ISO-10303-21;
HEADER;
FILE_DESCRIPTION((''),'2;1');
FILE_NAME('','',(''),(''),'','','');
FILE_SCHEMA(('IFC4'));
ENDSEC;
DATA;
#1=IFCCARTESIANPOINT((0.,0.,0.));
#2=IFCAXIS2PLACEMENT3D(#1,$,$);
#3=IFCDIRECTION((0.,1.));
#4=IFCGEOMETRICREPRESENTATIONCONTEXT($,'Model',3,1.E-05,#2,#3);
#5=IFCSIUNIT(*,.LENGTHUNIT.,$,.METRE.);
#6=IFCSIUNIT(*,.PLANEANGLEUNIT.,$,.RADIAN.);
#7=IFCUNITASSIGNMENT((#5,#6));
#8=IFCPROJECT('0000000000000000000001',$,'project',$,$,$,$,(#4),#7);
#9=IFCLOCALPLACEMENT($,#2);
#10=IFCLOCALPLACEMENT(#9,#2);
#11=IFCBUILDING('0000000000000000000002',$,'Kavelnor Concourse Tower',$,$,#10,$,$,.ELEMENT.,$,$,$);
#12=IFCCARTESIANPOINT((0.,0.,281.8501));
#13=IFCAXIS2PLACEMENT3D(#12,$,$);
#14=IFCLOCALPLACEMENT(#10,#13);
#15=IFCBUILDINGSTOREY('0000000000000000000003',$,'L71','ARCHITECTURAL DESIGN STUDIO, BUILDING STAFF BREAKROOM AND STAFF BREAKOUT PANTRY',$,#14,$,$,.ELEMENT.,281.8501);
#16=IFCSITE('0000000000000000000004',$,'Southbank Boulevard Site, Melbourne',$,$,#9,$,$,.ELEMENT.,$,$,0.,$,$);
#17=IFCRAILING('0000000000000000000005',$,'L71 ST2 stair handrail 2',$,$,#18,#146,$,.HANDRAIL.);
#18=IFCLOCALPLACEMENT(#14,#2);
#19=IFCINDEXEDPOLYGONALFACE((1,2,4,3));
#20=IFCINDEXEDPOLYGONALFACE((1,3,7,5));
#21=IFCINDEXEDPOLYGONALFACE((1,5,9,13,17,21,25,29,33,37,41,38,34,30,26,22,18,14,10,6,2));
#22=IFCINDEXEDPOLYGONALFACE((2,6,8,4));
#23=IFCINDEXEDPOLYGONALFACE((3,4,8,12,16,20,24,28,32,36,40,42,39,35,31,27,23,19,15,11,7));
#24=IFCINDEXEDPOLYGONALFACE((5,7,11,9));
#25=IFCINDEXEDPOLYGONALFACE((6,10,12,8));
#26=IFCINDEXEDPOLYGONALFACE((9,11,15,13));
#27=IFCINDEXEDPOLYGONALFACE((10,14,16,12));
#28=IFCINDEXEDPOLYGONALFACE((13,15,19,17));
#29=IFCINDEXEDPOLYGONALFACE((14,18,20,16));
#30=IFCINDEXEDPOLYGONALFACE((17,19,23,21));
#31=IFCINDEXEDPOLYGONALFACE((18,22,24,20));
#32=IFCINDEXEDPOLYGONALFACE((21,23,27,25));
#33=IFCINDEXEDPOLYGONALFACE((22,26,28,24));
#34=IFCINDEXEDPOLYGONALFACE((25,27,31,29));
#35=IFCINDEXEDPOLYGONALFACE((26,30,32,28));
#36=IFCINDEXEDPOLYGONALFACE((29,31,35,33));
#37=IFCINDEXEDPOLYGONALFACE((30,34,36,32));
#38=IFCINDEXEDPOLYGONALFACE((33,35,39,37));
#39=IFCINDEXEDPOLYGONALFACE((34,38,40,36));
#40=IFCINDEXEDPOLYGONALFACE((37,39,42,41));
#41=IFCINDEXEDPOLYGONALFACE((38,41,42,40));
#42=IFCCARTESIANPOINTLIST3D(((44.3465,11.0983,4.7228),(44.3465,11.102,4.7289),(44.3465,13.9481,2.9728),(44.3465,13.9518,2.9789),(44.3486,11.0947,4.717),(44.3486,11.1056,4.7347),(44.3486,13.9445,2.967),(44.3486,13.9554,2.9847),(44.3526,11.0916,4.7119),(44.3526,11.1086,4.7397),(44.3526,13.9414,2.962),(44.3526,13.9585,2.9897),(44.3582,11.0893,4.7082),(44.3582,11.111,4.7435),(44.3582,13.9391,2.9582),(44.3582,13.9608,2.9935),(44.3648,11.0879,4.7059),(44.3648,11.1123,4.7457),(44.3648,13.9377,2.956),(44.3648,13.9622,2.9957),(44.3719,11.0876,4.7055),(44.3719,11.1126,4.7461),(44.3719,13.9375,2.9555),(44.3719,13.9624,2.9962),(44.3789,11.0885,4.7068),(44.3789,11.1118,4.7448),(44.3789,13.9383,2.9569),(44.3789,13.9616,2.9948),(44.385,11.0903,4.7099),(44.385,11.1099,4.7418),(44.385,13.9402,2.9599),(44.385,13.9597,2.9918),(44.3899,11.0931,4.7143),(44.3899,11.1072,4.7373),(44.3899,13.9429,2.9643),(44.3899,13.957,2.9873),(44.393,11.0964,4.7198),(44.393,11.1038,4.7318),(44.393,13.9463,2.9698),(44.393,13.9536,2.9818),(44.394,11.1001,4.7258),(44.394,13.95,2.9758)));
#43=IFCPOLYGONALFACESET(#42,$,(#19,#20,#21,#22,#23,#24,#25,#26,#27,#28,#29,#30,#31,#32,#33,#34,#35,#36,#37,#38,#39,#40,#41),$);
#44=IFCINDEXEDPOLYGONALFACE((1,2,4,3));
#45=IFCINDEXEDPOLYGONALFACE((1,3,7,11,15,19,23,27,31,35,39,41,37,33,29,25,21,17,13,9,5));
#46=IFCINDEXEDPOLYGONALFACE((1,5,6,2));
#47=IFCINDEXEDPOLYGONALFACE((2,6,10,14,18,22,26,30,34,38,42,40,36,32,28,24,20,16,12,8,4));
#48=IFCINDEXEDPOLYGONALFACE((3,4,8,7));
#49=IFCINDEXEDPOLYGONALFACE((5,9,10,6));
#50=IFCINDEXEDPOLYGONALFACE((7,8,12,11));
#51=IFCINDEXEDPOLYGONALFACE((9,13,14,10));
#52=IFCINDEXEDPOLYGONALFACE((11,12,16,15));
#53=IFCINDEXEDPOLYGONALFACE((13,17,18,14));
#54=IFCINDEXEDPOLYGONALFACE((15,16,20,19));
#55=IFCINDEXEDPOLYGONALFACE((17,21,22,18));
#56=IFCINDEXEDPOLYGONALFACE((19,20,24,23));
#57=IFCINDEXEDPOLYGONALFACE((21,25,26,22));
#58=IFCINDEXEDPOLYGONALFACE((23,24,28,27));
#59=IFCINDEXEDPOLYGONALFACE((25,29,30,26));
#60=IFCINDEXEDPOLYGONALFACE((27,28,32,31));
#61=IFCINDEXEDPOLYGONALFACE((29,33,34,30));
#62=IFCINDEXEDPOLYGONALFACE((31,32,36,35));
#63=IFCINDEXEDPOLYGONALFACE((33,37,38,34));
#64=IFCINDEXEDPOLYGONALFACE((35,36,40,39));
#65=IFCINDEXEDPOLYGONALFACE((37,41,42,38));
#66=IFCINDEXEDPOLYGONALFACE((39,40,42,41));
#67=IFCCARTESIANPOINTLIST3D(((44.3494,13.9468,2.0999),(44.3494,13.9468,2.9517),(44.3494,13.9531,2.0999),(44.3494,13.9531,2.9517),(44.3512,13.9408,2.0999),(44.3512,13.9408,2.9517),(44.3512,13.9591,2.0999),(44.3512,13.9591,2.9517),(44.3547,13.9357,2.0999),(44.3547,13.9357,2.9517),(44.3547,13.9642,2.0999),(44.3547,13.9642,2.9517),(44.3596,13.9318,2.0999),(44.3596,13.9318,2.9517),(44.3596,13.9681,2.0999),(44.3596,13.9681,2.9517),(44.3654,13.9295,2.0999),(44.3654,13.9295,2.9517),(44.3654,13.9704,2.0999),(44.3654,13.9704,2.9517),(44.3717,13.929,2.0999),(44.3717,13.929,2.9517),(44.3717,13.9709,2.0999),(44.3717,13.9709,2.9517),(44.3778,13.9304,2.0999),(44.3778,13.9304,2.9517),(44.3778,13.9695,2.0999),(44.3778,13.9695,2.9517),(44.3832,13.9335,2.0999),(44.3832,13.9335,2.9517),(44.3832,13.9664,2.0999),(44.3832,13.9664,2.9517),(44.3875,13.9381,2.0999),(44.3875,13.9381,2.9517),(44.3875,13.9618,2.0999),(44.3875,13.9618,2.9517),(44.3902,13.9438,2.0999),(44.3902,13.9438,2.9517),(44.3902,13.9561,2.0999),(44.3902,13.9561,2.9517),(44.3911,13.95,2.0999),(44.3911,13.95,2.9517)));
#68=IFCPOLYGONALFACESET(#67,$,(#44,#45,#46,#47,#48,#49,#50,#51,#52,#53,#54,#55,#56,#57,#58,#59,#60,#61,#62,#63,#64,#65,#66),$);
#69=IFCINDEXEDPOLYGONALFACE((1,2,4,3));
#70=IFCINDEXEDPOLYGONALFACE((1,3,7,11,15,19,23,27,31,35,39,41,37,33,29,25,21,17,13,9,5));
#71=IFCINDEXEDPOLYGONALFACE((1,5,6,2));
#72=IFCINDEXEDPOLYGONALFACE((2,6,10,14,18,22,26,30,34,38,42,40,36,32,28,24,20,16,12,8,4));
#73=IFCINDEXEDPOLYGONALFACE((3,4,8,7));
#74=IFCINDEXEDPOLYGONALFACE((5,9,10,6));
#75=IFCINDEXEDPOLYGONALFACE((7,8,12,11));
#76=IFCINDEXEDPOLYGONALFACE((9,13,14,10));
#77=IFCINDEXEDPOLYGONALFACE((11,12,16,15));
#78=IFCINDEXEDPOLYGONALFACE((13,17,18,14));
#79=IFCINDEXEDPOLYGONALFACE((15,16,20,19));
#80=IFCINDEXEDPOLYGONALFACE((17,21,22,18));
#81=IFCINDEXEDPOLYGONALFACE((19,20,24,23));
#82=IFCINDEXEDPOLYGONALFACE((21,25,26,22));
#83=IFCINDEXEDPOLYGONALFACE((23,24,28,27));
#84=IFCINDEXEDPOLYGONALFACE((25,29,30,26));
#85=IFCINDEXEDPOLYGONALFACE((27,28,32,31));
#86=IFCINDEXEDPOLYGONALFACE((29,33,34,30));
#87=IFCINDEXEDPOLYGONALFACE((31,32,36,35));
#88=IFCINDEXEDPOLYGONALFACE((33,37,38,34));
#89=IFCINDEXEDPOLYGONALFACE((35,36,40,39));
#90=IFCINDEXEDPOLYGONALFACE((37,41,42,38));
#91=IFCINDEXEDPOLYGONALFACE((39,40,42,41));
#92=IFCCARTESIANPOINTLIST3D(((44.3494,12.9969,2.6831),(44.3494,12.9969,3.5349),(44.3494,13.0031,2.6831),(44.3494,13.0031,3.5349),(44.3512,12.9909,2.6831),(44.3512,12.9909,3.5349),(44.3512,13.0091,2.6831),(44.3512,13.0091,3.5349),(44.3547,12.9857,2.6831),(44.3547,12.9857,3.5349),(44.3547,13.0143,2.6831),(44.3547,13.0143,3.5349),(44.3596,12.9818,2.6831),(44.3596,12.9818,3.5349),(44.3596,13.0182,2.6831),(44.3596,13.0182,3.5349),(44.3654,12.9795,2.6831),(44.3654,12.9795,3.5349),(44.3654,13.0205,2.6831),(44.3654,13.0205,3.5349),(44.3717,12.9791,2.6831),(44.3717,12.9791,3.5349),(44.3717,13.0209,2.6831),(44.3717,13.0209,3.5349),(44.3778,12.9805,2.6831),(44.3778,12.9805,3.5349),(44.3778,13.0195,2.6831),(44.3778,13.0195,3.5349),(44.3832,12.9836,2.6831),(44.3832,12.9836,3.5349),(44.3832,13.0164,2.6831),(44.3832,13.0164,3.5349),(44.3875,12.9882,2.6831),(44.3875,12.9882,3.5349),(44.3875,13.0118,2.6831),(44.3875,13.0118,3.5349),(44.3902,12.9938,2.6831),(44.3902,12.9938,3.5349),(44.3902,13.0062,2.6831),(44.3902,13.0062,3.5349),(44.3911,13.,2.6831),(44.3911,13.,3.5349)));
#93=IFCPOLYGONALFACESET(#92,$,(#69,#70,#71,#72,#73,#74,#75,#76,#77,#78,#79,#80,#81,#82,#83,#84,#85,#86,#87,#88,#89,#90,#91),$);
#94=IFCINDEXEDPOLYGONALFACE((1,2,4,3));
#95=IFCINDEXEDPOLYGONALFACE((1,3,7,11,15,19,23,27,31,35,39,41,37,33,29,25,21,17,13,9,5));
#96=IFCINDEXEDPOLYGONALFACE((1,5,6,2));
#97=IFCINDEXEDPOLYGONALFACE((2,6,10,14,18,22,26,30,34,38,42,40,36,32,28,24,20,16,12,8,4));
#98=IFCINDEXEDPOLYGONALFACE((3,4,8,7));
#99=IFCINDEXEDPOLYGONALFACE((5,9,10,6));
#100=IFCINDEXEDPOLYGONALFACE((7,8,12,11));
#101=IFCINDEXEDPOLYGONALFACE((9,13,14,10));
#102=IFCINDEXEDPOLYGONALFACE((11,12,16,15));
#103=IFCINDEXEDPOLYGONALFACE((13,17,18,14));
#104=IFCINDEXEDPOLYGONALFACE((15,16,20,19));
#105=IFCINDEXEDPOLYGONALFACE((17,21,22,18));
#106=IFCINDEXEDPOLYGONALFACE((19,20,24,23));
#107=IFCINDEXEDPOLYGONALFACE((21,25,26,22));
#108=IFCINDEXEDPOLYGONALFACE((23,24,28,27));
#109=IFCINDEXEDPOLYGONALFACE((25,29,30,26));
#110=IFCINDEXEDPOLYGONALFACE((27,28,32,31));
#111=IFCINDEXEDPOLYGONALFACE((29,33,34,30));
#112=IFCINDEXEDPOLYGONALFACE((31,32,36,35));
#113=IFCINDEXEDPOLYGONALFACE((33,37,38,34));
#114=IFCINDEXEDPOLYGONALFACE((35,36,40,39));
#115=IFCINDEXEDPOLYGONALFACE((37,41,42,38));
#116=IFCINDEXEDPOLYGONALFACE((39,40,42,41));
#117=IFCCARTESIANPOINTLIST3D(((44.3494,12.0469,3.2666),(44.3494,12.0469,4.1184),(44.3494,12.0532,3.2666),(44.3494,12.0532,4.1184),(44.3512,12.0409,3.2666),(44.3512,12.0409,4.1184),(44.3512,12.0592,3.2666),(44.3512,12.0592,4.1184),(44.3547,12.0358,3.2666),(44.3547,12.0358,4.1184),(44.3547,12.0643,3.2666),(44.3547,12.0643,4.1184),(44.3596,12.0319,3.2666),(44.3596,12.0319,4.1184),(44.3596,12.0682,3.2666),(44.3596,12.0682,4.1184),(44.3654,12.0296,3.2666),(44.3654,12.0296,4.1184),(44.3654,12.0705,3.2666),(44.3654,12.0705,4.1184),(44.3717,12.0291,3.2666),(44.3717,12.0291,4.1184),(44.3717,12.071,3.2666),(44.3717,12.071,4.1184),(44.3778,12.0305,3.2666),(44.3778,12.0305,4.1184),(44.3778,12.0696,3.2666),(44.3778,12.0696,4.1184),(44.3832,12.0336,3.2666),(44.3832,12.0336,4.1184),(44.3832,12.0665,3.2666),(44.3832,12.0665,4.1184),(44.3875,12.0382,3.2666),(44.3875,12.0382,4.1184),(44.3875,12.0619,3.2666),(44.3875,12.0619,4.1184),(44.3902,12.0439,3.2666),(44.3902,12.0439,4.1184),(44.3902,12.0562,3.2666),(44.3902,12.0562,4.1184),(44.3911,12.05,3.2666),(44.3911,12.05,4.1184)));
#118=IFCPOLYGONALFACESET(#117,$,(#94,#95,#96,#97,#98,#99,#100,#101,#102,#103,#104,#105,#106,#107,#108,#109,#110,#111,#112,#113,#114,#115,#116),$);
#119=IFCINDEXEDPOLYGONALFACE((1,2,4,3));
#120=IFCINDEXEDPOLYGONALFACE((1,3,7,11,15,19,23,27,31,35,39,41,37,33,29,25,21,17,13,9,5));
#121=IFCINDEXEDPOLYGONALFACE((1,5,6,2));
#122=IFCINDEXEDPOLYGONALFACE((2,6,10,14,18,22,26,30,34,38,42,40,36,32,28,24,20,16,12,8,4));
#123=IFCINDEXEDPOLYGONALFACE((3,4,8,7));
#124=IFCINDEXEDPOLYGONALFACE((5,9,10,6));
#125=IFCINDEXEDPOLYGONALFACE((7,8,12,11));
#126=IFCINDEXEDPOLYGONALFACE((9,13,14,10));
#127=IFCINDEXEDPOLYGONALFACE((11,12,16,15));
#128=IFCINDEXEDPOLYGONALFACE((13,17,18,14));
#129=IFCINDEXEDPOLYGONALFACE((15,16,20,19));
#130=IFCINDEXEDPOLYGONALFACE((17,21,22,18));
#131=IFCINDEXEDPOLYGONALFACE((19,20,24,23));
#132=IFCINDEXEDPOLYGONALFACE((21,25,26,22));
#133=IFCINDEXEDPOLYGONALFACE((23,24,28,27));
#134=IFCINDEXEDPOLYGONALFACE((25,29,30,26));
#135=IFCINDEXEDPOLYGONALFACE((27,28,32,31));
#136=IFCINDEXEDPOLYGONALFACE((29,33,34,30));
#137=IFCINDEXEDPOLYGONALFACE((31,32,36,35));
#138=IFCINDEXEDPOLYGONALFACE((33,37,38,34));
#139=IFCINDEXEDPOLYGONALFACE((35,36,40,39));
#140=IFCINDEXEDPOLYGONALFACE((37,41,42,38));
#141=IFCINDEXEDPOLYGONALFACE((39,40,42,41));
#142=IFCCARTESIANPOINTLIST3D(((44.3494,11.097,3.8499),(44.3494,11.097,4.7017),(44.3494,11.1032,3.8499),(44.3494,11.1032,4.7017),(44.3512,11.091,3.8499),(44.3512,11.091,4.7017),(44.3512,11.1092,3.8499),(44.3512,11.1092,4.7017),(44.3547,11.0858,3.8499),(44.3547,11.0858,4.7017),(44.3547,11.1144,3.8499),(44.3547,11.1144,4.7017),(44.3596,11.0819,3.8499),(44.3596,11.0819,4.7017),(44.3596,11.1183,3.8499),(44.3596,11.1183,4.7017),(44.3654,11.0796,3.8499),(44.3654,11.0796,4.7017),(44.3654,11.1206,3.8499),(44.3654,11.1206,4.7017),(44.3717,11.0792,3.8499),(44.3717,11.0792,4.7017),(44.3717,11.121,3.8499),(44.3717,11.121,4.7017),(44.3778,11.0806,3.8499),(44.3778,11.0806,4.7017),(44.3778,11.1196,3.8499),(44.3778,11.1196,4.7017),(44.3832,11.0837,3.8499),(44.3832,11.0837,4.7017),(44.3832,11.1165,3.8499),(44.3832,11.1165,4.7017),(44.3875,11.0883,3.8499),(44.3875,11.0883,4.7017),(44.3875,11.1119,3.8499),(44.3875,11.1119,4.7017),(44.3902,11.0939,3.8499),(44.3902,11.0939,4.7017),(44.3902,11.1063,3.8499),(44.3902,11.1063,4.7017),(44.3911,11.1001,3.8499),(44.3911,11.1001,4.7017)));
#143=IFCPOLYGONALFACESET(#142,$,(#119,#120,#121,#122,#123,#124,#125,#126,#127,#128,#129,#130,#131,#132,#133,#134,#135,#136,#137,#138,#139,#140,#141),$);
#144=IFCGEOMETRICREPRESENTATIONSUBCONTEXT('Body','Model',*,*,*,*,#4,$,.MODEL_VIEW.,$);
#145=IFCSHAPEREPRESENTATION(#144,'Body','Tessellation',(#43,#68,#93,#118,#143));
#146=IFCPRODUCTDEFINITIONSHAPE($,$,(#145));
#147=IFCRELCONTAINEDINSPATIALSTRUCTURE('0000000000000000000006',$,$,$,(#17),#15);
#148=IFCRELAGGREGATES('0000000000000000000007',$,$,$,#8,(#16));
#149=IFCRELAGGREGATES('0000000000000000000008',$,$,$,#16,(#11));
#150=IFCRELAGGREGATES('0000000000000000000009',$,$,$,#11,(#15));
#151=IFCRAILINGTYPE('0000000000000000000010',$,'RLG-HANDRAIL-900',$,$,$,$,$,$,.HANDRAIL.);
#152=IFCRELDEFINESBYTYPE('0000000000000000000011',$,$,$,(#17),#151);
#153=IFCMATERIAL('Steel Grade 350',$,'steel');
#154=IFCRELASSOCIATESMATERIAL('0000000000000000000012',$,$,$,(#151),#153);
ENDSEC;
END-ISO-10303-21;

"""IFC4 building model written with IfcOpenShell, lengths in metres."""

from ifc_helpers import new_model, si_unit, direction, frame, origin, origin_2d, place, context, subcontext, project, spatial, circle, extrude, material, type_object, element, save


model = new_model("IFC4")

# Units and contexts
model_context = context("Model", 3, precision=1e-05, world=origin(), true_north=direction((0.0, 1.0)))
body_context = subcontext(model_context, "Body", "Model", "MODEL_VIEW")
ifc_project = project(units=[si_unit("LENGTHUNIT", "METRE"), si_unit("PLANEANGLEUNIT", "RADIAN")], contexts=[model_context])

# Site, building, storey
site_placement = place(None, origin())
site = spatial("IfcSite", under=ifc_project, at=site_placement, Name="Southbank Boulevard Site, Melbourne", CompositionType="ELEMENT", RefElevation=0.0)
building_placement = place(site_placement, origin())
building = spatial("IfcBuilding", under=site, at=building_placement, Name="Kavelnor Concourse Tower", CompositionType="ELEMENT")
storey_placement = place(building_placement, frame((0.0, 0.0, 281.8501)))
storey = spatial("IfcBuildingStorey", under=building, at=storey_placement, Name="L71", Description="ARCHITECTURAL DESIGN STUDIO, BUILDING STAFF BREAKROOM AND STAFF BREAKOUT PANTRY", CompositionType="ELEMENT", Elevation=281.8501)

# Shared definitions
ifc_material_1 = material(Name="Steel Grade 350", Category="steel")

# Railing
railing_type_1 = type_object("IfcRailingType", Name="RLG-HANDRAIL-900", PredefinedType="HANDRAIL", material=ifc_material_1)
railing_1_placement = place(storey_placement, frame((44.3701, 13.95, 2.0999)))
element("IfcRailing", 1, at=railing_1_placement, inside=storey, type_object=railing_type_1, Name="L71 ST2 stair handrail 2", PredefinedType="HANDRAIL", context=body_context, shape_type="SweptSolid", body=[
    extrude(circle(Radius=0.0239, at=origin_2d()), frame((0.0, 0.0, 0.876), z_axis=(0.0, -0.852159, 0.523283), x_axis=(1.0, 0.0, 0.0)), (0.0, 0.0, 1.0), 3.3442),
    extrude(circle(Radius=0.021, at=origin_2d()), origin(), (0.0, 0.0, 1.0), 0.8518),
    extrude(circle(Radius=0.021, at=origin_2d()), frame((0.0, -0.95, 0.5833)), (0.0, 0.0, 1.0), 0.8518),
    extrude(circle(Radius=0.021, at=origin_2d()), frame((0.0, -1.8999, 1.1667)), (0.0, 0.0, 1.0), 0.8518),
    extrude(circle(Radius=0.021, at=origin_2d()), frame((0.0, -2.8499, 1.75)), (0.0, 0.0, 1.0), 0.8518),
])

save(model, "model.ifc")
